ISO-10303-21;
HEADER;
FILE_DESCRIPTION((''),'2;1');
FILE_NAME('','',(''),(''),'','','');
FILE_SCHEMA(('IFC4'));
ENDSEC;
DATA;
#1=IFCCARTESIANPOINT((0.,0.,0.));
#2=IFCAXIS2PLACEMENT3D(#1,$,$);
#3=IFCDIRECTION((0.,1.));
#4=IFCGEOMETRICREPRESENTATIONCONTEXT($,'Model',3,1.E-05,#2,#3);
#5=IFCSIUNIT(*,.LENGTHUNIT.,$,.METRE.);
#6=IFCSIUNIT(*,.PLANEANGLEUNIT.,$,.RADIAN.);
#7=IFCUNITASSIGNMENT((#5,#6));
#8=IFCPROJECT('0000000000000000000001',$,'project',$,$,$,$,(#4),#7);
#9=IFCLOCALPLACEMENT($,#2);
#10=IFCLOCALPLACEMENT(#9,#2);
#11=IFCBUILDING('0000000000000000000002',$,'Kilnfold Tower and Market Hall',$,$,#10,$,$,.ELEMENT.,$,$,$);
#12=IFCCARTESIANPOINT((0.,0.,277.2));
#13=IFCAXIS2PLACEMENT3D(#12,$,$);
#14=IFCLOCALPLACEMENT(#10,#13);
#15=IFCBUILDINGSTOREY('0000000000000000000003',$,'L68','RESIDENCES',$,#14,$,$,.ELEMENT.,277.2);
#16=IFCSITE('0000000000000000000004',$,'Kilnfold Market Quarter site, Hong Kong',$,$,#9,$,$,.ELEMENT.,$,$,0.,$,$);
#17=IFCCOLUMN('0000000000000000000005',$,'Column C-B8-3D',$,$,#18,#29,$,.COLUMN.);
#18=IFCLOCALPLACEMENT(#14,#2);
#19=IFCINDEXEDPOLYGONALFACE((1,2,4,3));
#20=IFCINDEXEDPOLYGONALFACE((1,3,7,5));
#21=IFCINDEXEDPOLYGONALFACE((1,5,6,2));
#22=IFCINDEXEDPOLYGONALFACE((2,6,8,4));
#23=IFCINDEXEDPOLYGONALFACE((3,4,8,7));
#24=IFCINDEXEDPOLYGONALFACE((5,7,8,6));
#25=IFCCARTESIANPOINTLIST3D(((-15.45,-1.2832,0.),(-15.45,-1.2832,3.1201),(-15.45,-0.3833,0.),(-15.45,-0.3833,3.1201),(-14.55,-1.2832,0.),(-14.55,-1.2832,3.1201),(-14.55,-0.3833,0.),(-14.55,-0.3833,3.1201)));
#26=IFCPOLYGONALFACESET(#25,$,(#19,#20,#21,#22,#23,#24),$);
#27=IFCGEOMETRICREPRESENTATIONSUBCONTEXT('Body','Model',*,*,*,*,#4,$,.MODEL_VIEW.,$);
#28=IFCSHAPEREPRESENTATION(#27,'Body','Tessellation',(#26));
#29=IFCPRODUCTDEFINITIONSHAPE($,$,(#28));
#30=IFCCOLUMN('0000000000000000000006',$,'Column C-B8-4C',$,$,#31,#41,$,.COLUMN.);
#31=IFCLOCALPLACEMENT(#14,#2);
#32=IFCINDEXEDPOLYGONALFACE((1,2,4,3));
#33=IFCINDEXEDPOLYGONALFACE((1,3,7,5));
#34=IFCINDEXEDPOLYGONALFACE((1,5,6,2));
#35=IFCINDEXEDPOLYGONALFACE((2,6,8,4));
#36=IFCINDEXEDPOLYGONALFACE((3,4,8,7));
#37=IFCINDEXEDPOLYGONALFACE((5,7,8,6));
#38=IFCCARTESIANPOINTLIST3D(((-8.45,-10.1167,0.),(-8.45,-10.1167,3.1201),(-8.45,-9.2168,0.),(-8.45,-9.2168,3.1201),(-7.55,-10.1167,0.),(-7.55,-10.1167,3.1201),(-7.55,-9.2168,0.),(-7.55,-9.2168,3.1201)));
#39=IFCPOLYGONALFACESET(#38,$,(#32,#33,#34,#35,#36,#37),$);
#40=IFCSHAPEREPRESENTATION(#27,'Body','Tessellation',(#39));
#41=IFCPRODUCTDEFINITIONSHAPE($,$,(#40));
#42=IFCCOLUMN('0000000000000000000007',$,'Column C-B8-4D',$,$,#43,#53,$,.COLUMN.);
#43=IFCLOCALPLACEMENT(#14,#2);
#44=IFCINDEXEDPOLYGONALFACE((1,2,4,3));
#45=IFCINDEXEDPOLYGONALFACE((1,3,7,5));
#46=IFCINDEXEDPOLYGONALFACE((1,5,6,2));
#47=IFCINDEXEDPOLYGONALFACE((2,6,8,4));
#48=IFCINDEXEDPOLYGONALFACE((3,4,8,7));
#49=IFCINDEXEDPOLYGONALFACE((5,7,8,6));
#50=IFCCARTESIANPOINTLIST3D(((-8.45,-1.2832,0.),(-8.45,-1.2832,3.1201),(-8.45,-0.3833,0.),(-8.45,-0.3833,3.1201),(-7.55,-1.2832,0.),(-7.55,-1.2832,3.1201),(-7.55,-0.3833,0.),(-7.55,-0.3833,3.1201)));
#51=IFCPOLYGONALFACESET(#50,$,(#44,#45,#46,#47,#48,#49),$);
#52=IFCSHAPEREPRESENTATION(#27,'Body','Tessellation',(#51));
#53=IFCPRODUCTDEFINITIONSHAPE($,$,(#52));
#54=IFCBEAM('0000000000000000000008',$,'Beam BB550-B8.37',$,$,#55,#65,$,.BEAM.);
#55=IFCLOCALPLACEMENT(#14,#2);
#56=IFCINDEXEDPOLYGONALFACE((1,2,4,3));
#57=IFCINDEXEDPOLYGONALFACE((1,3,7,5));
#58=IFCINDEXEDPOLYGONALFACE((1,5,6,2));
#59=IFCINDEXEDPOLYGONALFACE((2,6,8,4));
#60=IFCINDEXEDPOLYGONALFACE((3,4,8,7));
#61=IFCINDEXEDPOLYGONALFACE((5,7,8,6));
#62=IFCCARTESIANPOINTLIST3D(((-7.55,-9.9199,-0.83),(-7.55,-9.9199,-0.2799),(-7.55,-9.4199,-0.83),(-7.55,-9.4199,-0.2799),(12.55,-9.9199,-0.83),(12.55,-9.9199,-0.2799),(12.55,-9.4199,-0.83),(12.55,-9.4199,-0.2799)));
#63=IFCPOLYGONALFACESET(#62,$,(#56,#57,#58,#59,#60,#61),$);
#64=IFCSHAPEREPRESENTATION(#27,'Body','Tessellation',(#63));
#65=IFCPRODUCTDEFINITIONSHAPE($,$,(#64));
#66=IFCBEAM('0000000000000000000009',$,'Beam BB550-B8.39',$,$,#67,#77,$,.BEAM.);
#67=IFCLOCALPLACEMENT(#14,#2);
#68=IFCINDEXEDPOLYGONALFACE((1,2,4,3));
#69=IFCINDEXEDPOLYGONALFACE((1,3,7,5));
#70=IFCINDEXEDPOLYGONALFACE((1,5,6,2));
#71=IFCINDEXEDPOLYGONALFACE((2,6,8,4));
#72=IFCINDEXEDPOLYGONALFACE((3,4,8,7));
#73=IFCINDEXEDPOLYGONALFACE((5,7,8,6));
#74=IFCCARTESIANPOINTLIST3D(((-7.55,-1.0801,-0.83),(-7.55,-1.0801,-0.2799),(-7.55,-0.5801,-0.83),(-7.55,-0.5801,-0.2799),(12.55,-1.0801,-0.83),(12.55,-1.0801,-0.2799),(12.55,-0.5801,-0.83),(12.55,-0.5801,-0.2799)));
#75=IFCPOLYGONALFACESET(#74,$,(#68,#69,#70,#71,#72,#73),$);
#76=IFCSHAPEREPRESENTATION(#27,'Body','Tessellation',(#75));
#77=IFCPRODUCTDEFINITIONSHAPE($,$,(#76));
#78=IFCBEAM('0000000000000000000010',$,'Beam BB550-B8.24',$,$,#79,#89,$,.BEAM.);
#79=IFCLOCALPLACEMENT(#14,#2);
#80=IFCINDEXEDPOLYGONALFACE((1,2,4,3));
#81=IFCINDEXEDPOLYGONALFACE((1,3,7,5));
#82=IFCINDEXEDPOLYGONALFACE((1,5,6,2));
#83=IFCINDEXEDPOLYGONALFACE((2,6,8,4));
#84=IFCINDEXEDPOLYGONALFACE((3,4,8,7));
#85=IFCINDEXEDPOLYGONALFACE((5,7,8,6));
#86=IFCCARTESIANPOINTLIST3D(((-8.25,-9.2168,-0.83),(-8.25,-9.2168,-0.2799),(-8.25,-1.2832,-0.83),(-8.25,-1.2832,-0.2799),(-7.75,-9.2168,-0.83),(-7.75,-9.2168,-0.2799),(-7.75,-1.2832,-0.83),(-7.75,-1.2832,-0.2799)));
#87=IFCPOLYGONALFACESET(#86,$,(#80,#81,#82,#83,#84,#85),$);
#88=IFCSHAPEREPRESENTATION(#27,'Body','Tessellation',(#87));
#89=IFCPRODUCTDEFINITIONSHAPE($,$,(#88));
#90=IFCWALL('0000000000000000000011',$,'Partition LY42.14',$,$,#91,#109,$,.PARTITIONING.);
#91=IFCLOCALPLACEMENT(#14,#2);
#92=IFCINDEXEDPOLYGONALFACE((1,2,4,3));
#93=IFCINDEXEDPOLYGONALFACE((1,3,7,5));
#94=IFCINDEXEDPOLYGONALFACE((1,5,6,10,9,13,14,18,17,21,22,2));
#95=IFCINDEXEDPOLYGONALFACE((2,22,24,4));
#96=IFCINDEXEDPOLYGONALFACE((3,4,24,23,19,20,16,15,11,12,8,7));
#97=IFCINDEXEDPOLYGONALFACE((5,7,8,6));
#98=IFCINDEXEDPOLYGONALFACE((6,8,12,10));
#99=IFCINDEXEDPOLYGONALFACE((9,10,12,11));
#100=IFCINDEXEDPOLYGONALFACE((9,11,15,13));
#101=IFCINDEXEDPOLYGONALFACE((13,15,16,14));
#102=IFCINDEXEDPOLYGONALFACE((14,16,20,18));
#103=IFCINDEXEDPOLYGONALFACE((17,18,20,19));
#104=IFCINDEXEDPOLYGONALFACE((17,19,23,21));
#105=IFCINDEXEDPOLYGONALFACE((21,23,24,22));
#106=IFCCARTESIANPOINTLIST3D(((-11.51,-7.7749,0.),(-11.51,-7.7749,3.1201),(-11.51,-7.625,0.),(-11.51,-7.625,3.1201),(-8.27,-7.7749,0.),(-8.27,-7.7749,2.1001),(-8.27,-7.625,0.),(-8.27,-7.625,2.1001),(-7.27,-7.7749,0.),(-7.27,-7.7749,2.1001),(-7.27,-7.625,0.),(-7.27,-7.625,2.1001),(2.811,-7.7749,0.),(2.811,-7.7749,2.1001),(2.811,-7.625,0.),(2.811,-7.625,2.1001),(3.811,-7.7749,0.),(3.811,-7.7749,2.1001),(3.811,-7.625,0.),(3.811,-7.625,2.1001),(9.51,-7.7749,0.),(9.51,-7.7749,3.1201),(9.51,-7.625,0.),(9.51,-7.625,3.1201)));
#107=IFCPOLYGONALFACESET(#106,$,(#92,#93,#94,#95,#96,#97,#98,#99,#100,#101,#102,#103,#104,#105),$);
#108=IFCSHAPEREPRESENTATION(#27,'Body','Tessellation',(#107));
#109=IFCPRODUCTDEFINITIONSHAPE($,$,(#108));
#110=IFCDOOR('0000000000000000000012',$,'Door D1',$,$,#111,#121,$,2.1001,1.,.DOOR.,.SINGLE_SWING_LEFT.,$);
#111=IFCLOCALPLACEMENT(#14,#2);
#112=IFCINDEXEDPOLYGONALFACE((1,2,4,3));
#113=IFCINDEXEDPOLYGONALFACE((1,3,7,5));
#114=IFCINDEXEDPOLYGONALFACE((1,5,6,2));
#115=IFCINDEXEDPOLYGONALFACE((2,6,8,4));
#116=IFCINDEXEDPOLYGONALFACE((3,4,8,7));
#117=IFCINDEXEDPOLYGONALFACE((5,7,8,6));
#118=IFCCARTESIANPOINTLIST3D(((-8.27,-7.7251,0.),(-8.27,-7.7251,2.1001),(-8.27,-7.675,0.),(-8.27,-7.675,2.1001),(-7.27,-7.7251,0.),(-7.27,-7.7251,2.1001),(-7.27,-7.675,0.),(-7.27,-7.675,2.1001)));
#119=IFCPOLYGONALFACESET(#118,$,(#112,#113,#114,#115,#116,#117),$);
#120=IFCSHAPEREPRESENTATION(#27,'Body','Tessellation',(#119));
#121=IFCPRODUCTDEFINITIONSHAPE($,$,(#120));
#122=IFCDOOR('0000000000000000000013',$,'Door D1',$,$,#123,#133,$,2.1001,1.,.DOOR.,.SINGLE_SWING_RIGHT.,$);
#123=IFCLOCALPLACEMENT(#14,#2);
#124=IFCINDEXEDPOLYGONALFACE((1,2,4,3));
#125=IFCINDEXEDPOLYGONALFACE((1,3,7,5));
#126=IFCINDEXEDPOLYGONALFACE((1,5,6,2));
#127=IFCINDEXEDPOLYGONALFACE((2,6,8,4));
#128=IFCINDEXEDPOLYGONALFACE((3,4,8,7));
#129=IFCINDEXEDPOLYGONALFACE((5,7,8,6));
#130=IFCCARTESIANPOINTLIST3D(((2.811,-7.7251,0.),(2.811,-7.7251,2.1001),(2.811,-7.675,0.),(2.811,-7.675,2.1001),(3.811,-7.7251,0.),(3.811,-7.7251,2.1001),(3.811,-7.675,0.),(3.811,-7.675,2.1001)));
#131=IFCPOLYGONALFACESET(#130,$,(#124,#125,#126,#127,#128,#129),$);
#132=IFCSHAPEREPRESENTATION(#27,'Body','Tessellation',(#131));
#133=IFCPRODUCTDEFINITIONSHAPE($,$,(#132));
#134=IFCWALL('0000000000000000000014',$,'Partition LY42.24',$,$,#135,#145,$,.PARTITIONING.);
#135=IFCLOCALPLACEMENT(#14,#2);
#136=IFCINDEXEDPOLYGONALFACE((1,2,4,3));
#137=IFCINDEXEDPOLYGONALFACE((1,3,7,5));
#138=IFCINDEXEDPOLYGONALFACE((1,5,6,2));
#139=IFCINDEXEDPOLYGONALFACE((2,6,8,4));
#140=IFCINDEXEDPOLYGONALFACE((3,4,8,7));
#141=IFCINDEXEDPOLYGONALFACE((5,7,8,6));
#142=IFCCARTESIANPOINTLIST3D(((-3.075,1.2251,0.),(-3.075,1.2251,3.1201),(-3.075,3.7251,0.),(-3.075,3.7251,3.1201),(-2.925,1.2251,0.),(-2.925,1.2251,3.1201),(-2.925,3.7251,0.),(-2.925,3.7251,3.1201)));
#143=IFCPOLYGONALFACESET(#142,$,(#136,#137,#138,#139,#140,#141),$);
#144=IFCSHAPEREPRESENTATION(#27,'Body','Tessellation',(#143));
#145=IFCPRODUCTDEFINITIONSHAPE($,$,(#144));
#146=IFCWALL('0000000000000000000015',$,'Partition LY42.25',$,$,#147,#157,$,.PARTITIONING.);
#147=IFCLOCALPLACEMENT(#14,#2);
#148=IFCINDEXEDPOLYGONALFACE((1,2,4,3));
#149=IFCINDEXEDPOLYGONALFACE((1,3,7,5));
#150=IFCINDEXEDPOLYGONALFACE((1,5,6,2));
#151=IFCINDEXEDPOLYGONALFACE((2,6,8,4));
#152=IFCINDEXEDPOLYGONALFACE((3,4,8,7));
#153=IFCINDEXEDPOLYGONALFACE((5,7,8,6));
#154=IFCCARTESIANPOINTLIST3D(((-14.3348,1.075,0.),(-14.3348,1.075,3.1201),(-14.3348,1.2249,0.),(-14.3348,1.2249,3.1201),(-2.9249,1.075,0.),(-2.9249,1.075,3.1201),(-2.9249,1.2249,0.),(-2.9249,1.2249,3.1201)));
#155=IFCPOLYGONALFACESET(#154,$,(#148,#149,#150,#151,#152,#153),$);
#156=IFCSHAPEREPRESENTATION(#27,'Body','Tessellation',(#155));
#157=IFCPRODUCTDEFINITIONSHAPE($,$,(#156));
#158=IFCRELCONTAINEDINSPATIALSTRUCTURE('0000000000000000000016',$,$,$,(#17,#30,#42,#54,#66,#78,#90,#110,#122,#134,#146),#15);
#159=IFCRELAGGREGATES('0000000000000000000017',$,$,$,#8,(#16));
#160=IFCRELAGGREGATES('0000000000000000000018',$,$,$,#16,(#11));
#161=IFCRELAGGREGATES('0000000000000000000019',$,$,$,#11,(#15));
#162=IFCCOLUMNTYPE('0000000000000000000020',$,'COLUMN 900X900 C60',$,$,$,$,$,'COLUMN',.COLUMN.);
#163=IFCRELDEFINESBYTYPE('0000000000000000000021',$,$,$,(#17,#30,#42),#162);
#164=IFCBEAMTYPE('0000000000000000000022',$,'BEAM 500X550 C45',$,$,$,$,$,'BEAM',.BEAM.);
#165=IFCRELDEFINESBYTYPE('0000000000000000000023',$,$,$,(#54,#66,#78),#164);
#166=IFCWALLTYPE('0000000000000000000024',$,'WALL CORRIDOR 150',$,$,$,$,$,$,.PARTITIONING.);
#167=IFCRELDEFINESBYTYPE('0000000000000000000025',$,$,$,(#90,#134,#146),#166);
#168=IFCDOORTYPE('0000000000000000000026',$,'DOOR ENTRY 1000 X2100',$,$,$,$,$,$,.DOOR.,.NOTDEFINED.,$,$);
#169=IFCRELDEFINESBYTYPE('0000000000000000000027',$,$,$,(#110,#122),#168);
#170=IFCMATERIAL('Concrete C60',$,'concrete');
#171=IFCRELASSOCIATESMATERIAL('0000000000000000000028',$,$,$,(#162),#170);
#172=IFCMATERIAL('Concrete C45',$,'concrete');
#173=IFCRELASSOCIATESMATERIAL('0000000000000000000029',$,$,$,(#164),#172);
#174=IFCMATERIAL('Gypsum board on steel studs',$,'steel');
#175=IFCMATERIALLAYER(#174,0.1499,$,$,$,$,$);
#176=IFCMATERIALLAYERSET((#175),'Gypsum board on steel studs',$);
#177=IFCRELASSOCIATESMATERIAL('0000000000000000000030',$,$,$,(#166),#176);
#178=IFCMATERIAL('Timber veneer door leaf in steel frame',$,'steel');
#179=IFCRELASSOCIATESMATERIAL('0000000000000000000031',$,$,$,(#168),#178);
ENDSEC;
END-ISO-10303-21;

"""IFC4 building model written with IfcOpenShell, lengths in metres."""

from ifc_helpers import new_model, si_unit, direction, frame, frame_2d, origin, origin_2d, place, context, subcontext, project, spatial, rectangle, extrude, source, transform, mapped, material, layer, layer_set, material_profile, profile_set, type_object, element, fill, save


model = new_model("IFC4")

# Units and contexts
model_context = context("Model", 3, precision=1e-05, world=origin(), true_north=direction((0.0, 1.0)))
body_context = subcontext(model_context, "Body", "Model", "MODEL_VIEW")
ifc_project = project(units=[si_unit("LENGTHUNIT", "METRE"), si_unit("PLANEANGLEUNIT", "RADIAN")], contexts=[model_context])

# Site, building, storey
site_placement = place(None, origin())
site = spatial("IfcSite", under=ifc_project, at=site_placement, Name="Kilnfold Market Quarter site, Hong Kong", CompositionType="ELEMENT", RefElevation=0.0)
building_placement = place(site_placement, origin())
building = spatial("IfcBuilding", under=site, at=building_placement, Name="Kilnfold Tower and Market Hall", CompositionType="ELEMENT")
storey_placement = place(building_placement, frame((0.0, 0.0, 277.2)))
storey = spatial("IfcBuildingStorey", under=building, at=storey_placement, Name="L68", Description="RESIDENCES", CompositionType="ELEMENT", Elevation=277.2)

# Columns
ifc_material_1 = material(Name="Concrete C60", Category="concrete")
ifc_material_profile_1 = material_profile(ifc_material_1, rectangle(XDim=0.8999, YDim=0.8999, at=origin_2d()), Name="RC 900x900")
ifc_profile_set_1 = profile_set([ifc_material_profile_1], Name="Concrete C60")
column_type = type_object("IfcColumnType", Name="COLUMN 900X900 C60", ElementType="COLUMN", PredefinedType="COLUMN", material=ifc_profile_set_1)
shared_shape_1 = source(origin(), body_context, "Body", "SweptSolid", [
    extrude(rectangle(XDim=0.8999, YDim=0.8999, at=origin_2d()), origin(), (0.0, 0.0, 1.0), 3.1201),
])
for number, where, z_axis, x_axis, name in (
    (1, (-15.0, -0.8333, 0.0), (0.0, 0.0, 1.0), (1.0, 0.0, 0.0), "Column C-B8-3D"),
    (2, (-8.0, -9.6667, 0.0), (0.0, 0.0, 1.0), (1.0, 0.0, 0.0), "Column C-B8-4C"),
    (3, (-8.0, -0.8333, 0.0), (0.0, 0.0, 1.0), (1.0, 0.0, 0.0), "Column C-B8-4D"),
):
    element("IfcColumn", number, at=place(storey_placement, frame(where, z_axis=z_axis, x_axis=x_axis)), inside=storey, type_object=column_type, Name=name, PredefinedType="COLUMN", context=body_context, shape_type="MappedRepresentation", body=[
        mapped(shared_shape_1, transform((0.0, 0.0, 0.0))),
    ])

# Beams
ifc_material_2 = material(Name="Concrete C45", Category="concrete")
ifc_material_profile_2 = material_profile(ifc_material_2, rectangle(XDim=0.5, YDim=0.55, at=origin_2d()), Name="RC 500x550")
ifc_profile_set_2 = profile_set([ifc_material_profile_2], Name="Concrete C45")
beam_type = type_object("IfcBeamType", Name="BEAM 500X550 C45", ElementType="BEAM", PredefinedType="BEAM", material=ifc_profile_set_2)
shared_shape_2 = source(origin(), body_context, "Body", "SweptSolid", [
    extrude(rectangle(XDim=0.5, YDim=0.55, at=origin_2d()), origin(), (0.0, 0.0, 1.0), 20.1001),
])
for number, where, z_axis, x_axis, name in (
    (4, (-7.55, -9.6699, -0.5549), (1.0, 0.0, 0.0), (0.0, 1.0, 0.0), "Beam BB550-B8.37"),
    (5, (-7.55, -0.8301, -0.5549), (1.0, 0.0, 0.0), (0.0, 1.0, 0.0), "Beam BB550-B8.39"),
):
    element("IfcBeam", number, at=place(storey_placement, frame(where, z_axis=z_axis, x_axis=x_axis)), inside=storey, type_object=beam_type, Name=name, PredefinedType="BEAM", context=body_context, shape_type="MappedRepresentation", body=[
        mapped(shared_shape_2, transform((0.0, 0.0, 0.0))),
    ])
shared_shape_3 = source(origin(), body_context, "Body", "SweptSolid", [
    extrude(rectangle(XDim=0.5, YDim=0.55, at=origin_2d()), origin(), (0.0, 0.0, 1.0), 7.9336),
])
beam_placement = place(storey_placement, frame((-8.0, -9.2168, -0.5549), z_axis=(0.0, 1.0, 0.0), x_axis=(-1.0, 0.0, 0.0)))
element("IfcBeam", 6, at=beam_placement, inside=storey, type_object=beam_type, Name="Beam BB550-B8.24", PredefinedType="BEAM", context=body_context, shape_type="MappedRepresentation", body=[
    mapped(shared_shape_3, transform((0.0, 0.0, 0.0))),
])

# Wall, openings, doors
ifc_material_3 = material(Name="Gypsum board on steel studs", Category="steel")
ifc_layer_1 = layer(ifc_material_3, 0.1499)
ifc_layer_set_1 = layer_set([ifc_layer_1], Name="Gypsum board on steel studs")
wall_type_1 = type_object("IfcWallType", Name="WALL CORRIDOR 150", PredefinedType="PARTITIONING", material=ifc_layer_set_1)
wall_1_placement = place(storey_placement, frame((-11.51, -7.7, 0.0), z_axis=(0.0, 0.0, 1.0), x_axis=(1.0, 0.0, 0.0)))
wall_1 = element("IfcWall", 7, at=wall_1_placement, inside=storey, type_object=wall_type_1, Name="Partition LY42.14", PredefinedType="PARTITIONING", context=body_context, shape_type="SweptSolid", body=[
    extrude(rectangle(XDim=21.02, YDim=0.1499, at=frame_2d((10.51, 0.0))), origin(), (0.0, 0.0, 1.0), 3.1201),
])
opening_1_placement = place(wall_1_placement, frame((3.24, 0.0, 0.0)))
opening_1 = element("IfcOpeningElement", 8, at=opening_1_placement, cuts=wall_1, PredefinedType="OPENING", context=body_context, shape_type="SweptSolid", body=[
    extrude(rectangle(XDim=1.0, YDim=2.1001, at=frame_2d((0.5, 1.05))), frame((0.0, 0.085, 0.0), z_axis=(0.0, -1.0, 0.0), x_axis=(1.0, 0.0, 0.0)), (0.0, 0.0, 1.0), 0.1699),
])
opening_2_placement = place(wall_1_placement, frame((14.321, 0.0, 0.0)))
opening_2 = element("IfcOpeningElement", 9, at=opening_2_placement, cuts=wall_1, PredefinedType="OPENING", context=body_context, shape_type="SweptSolid", body=[
    extrude(rectangle(XDim=1.0, YDim=2.1001, at=frame_2d((0.5, 1.05))), frame((0.0, 0.085, 0.0), z_axis=(0.0, -1.0, 0.0), x_axis=(1.0, 0.0, 0.0)), (0.0, 0.0, 1.0), 0.1699),
])
ifc_material_4 = material(Name="Timber veneer door leaf in steel frame", Category="steel")
door_type_1 = type_object("IfcDoorType", Name="DOOR ENTRY 1000 X2100", OperationType="NOTDEFINED", PredefinedType="DOOR", material=ifc_material_4)
door_1_placement = place(opening_1_placement, origin())
door_1 = element("IfcDoor", 10, at=door_1_placement, inside=storey, type_object=door_type_1, Name="Door D1", OperationType="SINGLE_SWING_LEFT", OverallHeight=2.1001, OverallWidth=1.0, PredefinedType="DOOR", context=body_context, shape_type="SweptSolid", body=[
    extrude(rectangle(XDim=1.0, YDim=2.1001, at=frame_2d((0.5, 1.05))), frame((0.0, 0.0249, 0.0), z_axis=(0.0, -1.0, 0.0), x_axis=(1.0, 0.0, 0.0)), (0.0, 0.0, 1.0), 0.05),
])
fill(opening_1, door_1)
door_2_placement = place(opening_2_placement, origin())
door_2 = element("IfcDoor", 11, at=door_2_placement, inside=storey, type_object=door_type_1, Name="Door D1", OperationType="SINGLE_SWING_RIGHT", OverallHeight=2.1001, OverallWidth=1.0, PredefinedType="DOOR", context=body_context, shape_type="SweptSolid", body=[
    extrude(rectangle(XDim=1.0, YDim=2.1001, at=frame_2d((0.5, 1.05))), frame((0.0, 0.0249, 0.0), z_axis=(0.0, -1.0, 0.0), x_axis=(1.0, 0.0, 0.0)), (0.0, 0.0, 1.0), 0.05),
])
fill(opening_2, door_2)

# Walls
wall_2_placement = place(storey_placement, frame((-3.0, 1.2251, 0.0), z_axis=(0.0, 0.0, 1.0), x_axis=(0.0, 1.0, 0.0)))
element("IfcWall", 12, at=wall_2_placement, inside=storey, type_object=wall_type_1, Name="Partition LY42.24", PredefinedType="PARTITIONING", context=body_context, shape_type="SweptSolid", body=[
    extrude(rectangle(XDim=2.5, YDim=0.1499, at=frame_2d((1.25, 0.0))), origin(), (0.0, 0.0, 1.0), 3.1201),
])
wall_3_placement = place(storey_placement, frame((-14.335, 1.1499, 0.0), z_axis=(0.0, 0.0, 1.0), x_axis=(1.0, 0.0, 0.0)))
element("IfcWall", 13, at=wall_3_placement, inside=storey, type_object=wall_type_1, Name="Partition LY42.25", PredefinedType="PARTITIONING", context=body_context, shape_type="SweptSolid", body=[
    extrude(rectangle(XDim=11.4099, YDim=0.1499, at=frame_2d((5.7051, 0.0))), origin(), (0.0, 0.0, 1.0), 3.1201),
])

save(model, "model.ifc")
